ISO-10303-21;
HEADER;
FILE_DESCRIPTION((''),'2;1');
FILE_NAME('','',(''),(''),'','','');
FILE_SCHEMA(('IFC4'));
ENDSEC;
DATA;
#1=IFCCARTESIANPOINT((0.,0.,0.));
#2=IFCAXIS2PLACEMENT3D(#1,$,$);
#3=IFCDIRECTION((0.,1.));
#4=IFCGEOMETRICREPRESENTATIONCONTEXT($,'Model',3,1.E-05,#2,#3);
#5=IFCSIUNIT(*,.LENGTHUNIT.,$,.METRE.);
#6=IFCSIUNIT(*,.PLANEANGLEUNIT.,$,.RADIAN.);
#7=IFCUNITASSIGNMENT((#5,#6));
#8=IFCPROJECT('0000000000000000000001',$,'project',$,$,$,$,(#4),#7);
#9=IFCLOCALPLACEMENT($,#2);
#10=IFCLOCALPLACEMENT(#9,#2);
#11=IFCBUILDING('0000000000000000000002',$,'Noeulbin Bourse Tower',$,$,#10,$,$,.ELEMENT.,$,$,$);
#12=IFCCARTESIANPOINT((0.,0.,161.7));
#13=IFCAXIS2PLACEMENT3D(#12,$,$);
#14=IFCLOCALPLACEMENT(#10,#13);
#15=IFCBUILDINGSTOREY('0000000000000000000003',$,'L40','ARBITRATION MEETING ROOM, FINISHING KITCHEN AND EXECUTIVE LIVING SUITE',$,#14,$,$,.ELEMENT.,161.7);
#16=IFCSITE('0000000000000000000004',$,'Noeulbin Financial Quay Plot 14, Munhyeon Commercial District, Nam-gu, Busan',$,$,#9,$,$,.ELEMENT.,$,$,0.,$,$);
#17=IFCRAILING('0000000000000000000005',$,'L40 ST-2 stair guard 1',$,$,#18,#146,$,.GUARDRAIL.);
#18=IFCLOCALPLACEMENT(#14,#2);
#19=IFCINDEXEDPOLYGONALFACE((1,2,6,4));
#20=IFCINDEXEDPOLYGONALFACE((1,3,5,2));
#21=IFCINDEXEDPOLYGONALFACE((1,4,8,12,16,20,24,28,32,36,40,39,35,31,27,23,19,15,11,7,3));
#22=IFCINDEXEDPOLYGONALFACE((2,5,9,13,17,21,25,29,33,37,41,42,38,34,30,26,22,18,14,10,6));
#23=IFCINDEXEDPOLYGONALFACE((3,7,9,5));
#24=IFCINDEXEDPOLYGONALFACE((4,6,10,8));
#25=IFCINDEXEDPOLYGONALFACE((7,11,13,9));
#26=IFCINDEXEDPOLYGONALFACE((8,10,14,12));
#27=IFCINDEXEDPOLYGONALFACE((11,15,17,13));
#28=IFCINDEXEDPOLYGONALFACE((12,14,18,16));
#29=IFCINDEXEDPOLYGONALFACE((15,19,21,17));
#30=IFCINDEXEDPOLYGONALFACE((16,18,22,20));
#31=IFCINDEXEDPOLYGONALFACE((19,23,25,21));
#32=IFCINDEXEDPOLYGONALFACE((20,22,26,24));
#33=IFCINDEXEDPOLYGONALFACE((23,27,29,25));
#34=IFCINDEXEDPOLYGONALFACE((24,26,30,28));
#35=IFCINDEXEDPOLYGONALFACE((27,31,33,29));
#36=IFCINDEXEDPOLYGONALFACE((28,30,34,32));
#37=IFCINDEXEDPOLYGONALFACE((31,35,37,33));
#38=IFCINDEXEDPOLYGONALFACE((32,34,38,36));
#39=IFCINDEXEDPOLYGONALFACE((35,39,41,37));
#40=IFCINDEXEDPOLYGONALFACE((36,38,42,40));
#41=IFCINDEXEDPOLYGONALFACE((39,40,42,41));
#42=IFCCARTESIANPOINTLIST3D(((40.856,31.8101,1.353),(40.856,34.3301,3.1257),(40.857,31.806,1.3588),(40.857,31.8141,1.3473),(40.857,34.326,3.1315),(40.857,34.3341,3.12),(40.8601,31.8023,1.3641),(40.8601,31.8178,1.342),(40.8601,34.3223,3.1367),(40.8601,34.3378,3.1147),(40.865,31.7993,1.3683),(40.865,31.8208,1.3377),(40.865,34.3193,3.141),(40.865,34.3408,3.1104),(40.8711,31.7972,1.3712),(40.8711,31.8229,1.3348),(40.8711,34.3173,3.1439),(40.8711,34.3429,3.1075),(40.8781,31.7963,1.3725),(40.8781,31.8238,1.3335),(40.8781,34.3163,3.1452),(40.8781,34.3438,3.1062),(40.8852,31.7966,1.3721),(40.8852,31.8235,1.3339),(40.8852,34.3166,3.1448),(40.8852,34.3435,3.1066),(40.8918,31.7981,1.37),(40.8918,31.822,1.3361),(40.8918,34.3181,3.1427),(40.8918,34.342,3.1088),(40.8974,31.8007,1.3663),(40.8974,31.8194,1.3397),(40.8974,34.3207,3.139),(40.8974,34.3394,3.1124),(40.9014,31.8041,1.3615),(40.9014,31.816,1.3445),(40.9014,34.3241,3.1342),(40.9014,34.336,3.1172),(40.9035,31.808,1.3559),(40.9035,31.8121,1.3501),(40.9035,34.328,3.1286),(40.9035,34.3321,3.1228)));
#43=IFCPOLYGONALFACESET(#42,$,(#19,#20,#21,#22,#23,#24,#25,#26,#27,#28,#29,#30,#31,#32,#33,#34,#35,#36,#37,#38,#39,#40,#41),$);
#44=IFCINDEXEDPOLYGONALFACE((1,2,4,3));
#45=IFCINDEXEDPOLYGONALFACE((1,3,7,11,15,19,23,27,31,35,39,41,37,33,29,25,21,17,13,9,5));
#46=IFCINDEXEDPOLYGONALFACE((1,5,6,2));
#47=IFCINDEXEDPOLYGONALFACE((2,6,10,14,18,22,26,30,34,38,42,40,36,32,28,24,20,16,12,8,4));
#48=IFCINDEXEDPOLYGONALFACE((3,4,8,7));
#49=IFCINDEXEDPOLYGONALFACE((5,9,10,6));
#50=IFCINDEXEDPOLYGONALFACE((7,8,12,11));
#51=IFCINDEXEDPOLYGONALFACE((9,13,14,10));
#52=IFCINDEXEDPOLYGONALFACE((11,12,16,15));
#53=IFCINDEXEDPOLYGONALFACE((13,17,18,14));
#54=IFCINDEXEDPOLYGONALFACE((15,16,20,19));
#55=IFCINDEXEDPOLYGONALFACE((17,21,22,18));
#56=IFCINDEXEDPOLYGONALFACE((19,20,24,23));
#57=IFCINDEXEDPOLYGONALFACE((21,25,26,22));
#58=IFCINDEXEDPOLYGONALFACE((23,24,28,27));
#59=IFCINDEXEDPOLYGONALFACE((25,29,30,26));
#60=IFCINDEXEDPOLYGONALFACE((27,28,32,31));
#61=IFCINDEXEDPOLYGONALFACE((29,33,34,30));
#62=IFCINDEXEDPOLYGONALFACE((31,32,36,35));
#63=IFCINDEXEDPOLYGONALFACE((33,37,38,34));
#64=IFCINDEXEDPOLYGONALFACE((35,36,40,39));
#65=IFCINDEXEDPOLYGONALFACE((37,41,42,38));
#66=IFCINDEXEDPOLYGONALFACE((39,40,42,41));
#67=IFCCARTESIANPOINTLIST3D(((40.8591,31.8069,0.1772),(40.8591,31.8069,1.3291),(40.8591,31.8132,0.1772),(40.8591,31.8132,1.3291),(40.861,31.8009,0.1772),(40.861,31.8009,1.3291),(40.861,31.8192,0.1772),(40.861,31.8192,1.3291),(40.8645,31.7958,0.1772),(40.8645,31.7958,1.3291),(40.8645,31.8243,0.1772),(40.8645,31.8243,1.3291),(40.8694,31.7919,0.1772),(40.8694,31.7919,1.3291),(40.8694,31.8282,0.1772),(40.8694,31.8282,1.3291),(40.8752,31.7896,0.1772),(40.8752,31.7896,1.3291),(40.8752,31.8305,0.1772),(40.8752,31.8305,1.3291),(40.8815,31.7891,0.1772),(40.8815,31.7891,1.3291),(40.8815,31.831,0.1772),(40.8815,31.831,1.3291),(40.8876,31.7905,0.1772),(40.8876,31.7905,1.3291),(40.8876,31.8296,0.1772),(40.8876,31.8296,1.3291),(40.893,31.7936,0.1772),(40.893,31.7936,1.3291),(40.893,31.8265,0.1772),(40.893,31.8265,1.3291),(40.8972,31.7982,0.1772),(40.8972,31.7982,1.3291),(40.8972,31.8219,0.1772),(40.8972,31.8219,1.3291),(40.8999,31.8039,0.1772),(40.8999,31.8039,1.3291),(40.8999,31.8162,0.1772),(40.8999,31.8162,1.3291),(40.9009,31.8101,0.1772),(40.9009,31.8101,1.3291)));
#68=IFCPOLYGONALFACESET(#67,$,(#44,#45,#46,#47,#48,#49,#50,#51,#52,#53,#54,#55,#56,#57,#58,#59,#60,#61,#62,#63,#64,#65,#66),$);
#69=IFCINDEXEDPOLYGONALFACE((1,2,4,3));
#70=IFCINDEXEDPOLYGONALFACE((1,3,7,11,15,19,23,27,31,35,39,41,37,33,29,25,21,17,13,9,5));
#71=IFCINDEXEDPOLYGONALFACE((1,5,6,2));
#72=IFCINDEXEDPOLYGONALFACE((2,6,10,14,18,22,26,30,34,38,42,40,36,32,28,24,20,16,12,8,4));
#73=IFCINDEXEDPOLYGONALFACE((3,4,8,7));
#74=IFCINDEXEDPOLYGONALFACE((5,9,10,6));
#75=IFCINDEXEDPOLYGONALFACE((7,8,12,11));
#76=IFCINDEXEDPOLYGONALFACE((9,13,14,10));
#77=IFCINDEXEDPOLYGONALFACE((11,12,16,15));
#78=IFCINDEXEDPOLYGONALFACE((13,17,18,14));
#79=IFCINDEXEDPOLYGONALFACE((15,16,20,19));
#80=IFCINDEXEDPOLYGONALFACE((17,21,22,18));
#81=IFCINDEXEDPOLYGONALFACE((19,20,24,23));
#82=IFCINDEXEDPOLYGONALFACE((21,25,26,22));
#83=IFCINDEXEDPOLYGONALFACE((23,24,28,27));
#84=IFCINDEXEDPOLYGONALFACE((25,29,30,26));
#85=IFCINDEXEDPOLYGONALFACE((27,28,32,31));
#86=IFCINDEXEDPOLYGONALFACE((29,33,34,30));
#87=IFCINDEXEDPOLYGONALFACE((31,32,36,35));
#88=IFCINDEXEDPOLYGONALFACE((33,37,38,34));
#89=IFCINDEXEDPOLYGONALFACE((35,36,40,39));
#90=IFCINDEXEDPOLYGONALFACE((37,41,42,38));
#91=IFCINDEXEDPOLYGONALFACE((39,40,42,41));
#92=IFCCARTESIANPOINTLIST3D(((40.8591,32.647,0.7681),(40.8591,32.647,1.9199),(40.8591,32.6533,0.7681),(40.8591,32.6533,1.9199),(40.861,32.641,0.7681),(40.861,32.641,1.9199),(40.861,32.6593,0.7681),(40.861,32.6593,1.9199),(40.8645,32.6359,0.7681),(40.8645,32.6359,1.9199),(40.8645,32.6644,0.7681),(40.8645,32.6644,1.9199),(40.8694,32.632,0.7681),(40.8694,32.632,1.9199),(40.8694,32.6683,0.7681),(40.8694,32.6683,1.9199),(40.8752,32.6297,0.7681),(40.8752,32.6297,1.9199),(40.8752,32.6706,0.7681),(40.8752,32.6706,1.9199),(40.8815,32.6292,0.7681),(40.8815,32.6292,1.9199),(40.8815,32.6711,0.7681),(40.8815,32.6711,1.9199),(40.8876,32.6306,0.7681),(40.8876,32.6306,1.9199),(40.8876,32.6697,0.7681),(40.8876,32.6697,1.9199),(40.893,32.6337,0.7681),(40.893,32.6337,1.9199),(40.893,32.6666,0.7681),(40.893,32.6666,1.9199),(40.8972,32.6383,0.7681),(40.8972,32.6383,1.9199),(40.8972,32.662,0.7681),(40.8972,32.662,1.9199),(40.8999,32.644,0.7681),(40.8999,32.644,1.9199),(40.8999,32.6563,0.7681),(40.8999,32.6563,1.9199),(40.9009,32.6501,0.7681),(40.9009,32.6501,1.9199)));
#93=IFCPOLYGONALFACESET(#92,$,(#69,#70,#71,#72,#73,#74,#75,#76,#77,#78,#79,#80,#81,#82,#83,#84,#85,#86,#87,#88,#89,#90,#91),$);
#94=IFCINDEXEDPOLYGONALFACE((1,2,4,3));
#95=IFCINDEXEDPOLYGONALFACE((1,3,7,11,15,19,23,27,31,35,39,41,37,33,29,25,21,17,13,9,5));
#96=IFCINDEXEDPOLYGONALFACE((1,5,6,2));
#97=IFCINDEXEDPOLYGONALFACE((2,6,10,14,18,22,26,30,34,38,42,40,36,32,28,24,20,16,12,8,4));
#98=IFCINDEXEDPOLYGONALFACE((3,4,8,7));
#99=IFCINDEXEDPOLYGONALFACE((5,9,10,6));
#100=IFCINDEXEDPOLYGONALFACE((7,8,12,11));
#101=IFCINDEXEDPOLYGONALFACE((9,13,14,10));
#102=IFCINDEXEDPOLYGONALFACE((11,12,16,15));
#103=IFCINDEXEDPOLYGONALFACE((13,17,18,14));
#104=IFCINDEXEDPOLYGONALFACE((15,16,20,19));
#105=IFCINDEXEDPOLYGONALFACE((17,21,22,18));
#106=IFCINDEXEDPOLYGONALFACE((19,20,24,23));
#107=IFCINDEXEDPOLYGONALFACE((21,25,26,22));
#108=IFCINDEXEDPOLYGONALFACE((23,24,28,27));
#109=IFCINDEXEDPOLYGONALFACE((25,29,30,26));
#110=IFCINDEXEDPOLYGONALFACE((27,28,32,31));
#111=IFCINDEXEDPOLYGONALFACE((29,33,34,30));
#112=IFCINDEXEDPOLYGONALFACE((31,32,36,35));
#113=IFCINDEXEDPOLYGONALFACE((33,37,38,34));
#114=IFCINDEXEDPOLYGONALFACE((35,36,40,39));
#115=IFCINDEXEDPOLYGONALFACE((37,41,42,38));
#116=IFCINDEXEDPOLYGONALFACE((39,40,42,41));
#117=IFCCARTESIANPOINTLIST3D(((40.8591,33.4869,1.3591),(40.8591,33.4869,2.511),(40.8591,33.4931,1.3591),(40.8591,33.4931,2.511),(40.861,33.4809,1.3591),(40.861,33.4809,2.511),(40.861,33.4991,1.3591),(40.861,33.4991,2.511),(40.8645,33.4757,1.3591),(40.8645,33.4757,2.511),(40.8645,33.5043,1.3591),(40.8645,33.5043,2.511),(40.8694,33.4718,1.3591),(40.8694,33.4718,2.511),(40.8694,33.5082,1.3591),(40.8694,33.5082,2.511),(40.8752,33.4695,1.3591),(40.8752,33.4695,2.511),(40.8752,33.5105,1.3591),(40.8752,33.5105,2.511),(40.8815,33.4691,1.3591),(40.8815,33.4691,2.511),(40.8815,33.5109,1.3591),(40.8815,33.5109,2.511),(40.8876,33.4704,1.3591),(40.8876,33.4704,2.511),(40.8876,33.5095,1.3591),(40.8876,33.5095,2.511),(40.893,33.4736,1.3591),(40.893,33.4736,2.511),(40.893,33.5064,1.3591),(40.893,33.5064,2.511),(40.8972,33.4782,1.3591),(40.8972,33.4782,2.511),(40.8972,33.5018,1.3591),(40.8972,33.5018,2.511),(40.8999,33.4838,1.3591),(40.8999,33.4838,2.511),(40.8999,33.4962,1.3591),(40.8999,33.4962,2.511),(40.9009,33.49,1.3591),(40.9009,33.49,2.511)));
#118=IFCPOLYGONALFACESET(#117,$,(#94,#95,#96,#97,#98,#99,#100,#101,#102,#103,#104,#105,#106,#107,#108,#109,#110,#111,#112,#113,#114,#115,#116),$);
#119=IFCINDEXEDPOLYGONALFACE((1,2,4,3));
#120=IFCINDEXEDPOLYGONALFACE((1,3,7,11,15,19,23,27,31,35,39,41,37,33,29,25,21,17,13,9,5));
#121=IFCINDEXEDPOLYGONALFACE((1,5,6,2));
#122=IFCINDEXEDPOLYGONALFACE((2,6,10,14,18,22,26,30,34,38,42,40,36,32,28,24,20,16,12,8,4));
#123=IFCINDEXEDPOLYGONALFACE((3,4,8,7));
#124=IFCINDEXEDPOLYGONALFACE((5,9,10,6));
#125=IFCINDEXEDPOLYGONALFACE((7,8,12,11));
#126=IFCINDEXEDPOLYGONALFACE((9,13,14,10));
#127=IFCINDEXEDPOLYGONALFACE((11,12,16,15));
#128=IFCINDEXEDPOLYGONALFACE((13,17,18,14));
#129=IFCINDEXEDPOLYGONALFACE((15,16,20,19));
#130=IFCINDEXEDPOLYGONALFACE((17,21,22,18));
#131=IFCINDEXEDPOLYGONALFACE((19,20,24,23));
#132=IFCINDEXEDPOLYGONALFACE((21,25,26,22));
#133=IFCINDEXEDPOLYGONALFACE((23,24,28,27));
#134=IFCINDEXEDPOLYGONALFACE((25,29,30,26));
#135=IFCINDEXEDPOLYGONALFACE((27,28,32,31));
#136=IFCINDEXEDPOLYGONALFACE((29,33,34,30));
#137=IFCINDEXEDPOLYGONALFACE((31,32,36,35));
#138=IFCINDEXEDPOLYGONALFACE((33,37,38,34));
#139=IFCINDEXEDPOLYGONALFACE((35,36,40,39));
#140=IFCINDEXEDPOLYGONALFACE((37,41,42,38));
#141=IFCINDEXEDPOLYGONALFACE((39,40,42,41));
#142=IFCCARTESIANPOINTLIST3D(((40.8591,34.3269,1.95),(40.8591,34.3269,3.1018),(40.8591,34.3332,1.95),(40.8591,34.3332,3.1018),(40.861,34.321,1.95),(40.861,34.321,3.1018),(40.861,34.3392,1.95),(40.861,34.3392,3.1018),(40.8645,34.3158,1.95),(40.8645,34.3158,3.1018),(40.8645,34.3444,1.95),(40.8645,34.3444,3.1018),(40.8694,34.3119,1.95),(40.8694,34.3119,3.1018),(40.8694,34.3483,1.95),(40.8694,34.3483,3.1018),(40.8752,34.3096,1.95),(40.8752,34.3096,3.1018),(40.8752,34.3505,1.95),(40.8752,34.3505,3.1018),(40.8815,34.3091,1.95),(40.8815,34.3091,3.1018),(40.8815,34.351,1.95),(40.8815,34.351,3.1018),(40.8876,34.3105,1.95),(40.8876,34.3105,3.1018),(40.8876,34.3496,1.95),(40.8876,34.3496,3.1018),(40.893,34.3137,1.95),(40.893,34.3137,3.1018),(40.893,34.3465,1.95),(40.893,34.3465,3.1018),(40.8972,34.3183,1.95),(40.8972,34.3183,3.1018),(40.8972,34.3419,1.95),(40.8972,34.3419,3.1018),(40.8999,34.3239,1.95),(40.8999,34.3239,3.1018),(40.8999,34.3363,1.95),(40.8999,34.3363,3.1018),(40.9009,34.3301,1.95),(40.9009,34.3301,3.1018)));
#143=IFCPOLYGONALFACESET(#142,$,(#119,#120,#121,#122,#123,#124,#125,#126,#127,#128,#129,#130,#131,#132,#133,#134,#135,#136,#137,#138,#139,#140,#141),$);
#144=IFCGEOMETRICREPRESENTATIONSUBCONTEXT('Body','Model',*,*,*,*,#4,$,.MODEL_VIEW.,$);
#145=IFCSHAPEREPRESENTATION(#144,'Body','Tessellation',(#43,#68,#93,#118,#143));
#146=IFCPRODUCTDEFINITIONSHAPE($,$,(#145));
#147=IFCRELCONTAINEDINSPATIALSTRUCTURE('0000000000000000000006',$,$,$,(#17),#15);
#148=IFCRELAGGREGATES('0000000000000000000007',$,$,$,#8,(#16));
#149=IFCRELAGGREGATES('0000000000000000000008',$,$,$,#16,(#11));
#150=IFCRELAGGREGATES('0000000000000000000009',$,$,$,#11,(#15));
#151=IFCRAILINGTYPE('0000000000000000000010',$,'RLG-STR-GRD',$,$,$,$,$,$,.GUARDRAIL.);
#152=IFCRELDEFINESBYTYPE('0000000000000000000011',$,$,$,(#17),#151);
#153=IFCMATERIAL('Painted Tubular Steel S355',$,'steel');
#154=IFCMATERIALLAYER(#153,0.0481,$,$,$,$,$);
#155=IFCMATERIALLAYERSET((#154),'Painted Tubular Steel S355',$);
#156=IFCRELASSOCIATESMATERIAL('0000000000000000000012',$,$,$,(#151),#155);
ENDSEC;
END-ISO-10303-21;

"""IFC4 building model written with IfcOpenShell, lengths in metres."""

from ifc_helpers import new_model, si_unit, direction, frame, origin, origin_2d, place, context, subcontext, project, spatial, circle, extrude, material, layer, layer_set, type_object, element, save


model = new_model("IFC4")

# Units and contexts
model_context = context("Model", 3, precision=1e-05, world=origin(), true_north=direction((0.0, 1.0)))
body_context = subcontext(model_context, "Body", "Model", "MODEL_VIEW")
ifc_project = project(units=[si_unit("LENGTHUNIT", "METRE"), si_unit("PLANEANGLEUNIT", "RADIAN")], contexts=[model_context])

# Site, building, storey
site_placement = place(None, origin())
site = spatial("IfcSite", under=ifc_project, at=site_placement, Name="Noeulbin Financial Quay Plot 14, Munhyeon Commercial District, Nam-gu, Busan", CompositionType="ELEMENT", RefElevation=0.0)
building_placement = place(site_placement, origin())
building = spatial("IfcBuilding", under=site, at=building_placement, Name="Noeulbin Bourse Tower", CompositionType="ELEMENT")
storey_placement = place(building_placement, frame((0.0, 0.0, 161.7)))
storey = spatial("IfcBuildingStorey", under=building, at=storey_placement, Name="L40", Description="ARBITRATION MEETING ROOM, FINISHING KITCHEN AND EXECUTIVE LIVING SUITE", CompositionType="ELEMENT", Elevation=161.7)

# Railing
ifc_material_1 = material(Name="Painted Tubular Steel S355", Category="steel")
ifc_layer_1 = layer(ifc_material_1, 0.0481)
ifc_layer_set_1 = layer_set([ifc_layer_1], Name="Painted Tubular Steel S355")
railing_type_1 = type_object("IfcRailingType", Name="RLG-STR-GRD", PredefinedType="GUARDRAIL", material=ifc_layer_set_1)
railing_1_placement = place(storey_placement, frame((40.8799, 31.8101, 0.1772)))
element("IfcRailing", 1, at=railing_1_placement, inside=storey, type_object=railing_type_1, Name="L40 ST-2 stair guard 1", PredefinedType="GUARDRAIL", context=body_context, shape_type="SweptSolid", body=[
    extrude(circle(Radius=0.0239, at=origin_2d()), frame((0.0, 0.0, 1.1758), z_axis=(0.0, 0.817904, 0.575354), x_axis=(-1.0, 0.0, 0.0)), (0.0, 0.0, 1.0), 3.0811),
    extrude(circle(Radius=0.021, at=origin_2d()), origin(), (0.0, 0.0, 1.0), 1.1519),
    extrude(circle(Radius=0.021, at=origin_2d()), frame((0.0, 0.8401, 0.5908)), (0.0, 0.0, 1.0), 1.1519),
    extrude(circle(Radius=0.021, at=origin_2d()), frame((0.0, 1.6799, 1.1819)), (0.0, 0.0, 1.0), 1.1519),
    extrude(circle(Radius=0.021, at=origin_2d()), frame((0.0, 2.52, 1.7727)), (0.0, 0.0, 1.0), 1.1519),
])

save(model, "model.ifc")
